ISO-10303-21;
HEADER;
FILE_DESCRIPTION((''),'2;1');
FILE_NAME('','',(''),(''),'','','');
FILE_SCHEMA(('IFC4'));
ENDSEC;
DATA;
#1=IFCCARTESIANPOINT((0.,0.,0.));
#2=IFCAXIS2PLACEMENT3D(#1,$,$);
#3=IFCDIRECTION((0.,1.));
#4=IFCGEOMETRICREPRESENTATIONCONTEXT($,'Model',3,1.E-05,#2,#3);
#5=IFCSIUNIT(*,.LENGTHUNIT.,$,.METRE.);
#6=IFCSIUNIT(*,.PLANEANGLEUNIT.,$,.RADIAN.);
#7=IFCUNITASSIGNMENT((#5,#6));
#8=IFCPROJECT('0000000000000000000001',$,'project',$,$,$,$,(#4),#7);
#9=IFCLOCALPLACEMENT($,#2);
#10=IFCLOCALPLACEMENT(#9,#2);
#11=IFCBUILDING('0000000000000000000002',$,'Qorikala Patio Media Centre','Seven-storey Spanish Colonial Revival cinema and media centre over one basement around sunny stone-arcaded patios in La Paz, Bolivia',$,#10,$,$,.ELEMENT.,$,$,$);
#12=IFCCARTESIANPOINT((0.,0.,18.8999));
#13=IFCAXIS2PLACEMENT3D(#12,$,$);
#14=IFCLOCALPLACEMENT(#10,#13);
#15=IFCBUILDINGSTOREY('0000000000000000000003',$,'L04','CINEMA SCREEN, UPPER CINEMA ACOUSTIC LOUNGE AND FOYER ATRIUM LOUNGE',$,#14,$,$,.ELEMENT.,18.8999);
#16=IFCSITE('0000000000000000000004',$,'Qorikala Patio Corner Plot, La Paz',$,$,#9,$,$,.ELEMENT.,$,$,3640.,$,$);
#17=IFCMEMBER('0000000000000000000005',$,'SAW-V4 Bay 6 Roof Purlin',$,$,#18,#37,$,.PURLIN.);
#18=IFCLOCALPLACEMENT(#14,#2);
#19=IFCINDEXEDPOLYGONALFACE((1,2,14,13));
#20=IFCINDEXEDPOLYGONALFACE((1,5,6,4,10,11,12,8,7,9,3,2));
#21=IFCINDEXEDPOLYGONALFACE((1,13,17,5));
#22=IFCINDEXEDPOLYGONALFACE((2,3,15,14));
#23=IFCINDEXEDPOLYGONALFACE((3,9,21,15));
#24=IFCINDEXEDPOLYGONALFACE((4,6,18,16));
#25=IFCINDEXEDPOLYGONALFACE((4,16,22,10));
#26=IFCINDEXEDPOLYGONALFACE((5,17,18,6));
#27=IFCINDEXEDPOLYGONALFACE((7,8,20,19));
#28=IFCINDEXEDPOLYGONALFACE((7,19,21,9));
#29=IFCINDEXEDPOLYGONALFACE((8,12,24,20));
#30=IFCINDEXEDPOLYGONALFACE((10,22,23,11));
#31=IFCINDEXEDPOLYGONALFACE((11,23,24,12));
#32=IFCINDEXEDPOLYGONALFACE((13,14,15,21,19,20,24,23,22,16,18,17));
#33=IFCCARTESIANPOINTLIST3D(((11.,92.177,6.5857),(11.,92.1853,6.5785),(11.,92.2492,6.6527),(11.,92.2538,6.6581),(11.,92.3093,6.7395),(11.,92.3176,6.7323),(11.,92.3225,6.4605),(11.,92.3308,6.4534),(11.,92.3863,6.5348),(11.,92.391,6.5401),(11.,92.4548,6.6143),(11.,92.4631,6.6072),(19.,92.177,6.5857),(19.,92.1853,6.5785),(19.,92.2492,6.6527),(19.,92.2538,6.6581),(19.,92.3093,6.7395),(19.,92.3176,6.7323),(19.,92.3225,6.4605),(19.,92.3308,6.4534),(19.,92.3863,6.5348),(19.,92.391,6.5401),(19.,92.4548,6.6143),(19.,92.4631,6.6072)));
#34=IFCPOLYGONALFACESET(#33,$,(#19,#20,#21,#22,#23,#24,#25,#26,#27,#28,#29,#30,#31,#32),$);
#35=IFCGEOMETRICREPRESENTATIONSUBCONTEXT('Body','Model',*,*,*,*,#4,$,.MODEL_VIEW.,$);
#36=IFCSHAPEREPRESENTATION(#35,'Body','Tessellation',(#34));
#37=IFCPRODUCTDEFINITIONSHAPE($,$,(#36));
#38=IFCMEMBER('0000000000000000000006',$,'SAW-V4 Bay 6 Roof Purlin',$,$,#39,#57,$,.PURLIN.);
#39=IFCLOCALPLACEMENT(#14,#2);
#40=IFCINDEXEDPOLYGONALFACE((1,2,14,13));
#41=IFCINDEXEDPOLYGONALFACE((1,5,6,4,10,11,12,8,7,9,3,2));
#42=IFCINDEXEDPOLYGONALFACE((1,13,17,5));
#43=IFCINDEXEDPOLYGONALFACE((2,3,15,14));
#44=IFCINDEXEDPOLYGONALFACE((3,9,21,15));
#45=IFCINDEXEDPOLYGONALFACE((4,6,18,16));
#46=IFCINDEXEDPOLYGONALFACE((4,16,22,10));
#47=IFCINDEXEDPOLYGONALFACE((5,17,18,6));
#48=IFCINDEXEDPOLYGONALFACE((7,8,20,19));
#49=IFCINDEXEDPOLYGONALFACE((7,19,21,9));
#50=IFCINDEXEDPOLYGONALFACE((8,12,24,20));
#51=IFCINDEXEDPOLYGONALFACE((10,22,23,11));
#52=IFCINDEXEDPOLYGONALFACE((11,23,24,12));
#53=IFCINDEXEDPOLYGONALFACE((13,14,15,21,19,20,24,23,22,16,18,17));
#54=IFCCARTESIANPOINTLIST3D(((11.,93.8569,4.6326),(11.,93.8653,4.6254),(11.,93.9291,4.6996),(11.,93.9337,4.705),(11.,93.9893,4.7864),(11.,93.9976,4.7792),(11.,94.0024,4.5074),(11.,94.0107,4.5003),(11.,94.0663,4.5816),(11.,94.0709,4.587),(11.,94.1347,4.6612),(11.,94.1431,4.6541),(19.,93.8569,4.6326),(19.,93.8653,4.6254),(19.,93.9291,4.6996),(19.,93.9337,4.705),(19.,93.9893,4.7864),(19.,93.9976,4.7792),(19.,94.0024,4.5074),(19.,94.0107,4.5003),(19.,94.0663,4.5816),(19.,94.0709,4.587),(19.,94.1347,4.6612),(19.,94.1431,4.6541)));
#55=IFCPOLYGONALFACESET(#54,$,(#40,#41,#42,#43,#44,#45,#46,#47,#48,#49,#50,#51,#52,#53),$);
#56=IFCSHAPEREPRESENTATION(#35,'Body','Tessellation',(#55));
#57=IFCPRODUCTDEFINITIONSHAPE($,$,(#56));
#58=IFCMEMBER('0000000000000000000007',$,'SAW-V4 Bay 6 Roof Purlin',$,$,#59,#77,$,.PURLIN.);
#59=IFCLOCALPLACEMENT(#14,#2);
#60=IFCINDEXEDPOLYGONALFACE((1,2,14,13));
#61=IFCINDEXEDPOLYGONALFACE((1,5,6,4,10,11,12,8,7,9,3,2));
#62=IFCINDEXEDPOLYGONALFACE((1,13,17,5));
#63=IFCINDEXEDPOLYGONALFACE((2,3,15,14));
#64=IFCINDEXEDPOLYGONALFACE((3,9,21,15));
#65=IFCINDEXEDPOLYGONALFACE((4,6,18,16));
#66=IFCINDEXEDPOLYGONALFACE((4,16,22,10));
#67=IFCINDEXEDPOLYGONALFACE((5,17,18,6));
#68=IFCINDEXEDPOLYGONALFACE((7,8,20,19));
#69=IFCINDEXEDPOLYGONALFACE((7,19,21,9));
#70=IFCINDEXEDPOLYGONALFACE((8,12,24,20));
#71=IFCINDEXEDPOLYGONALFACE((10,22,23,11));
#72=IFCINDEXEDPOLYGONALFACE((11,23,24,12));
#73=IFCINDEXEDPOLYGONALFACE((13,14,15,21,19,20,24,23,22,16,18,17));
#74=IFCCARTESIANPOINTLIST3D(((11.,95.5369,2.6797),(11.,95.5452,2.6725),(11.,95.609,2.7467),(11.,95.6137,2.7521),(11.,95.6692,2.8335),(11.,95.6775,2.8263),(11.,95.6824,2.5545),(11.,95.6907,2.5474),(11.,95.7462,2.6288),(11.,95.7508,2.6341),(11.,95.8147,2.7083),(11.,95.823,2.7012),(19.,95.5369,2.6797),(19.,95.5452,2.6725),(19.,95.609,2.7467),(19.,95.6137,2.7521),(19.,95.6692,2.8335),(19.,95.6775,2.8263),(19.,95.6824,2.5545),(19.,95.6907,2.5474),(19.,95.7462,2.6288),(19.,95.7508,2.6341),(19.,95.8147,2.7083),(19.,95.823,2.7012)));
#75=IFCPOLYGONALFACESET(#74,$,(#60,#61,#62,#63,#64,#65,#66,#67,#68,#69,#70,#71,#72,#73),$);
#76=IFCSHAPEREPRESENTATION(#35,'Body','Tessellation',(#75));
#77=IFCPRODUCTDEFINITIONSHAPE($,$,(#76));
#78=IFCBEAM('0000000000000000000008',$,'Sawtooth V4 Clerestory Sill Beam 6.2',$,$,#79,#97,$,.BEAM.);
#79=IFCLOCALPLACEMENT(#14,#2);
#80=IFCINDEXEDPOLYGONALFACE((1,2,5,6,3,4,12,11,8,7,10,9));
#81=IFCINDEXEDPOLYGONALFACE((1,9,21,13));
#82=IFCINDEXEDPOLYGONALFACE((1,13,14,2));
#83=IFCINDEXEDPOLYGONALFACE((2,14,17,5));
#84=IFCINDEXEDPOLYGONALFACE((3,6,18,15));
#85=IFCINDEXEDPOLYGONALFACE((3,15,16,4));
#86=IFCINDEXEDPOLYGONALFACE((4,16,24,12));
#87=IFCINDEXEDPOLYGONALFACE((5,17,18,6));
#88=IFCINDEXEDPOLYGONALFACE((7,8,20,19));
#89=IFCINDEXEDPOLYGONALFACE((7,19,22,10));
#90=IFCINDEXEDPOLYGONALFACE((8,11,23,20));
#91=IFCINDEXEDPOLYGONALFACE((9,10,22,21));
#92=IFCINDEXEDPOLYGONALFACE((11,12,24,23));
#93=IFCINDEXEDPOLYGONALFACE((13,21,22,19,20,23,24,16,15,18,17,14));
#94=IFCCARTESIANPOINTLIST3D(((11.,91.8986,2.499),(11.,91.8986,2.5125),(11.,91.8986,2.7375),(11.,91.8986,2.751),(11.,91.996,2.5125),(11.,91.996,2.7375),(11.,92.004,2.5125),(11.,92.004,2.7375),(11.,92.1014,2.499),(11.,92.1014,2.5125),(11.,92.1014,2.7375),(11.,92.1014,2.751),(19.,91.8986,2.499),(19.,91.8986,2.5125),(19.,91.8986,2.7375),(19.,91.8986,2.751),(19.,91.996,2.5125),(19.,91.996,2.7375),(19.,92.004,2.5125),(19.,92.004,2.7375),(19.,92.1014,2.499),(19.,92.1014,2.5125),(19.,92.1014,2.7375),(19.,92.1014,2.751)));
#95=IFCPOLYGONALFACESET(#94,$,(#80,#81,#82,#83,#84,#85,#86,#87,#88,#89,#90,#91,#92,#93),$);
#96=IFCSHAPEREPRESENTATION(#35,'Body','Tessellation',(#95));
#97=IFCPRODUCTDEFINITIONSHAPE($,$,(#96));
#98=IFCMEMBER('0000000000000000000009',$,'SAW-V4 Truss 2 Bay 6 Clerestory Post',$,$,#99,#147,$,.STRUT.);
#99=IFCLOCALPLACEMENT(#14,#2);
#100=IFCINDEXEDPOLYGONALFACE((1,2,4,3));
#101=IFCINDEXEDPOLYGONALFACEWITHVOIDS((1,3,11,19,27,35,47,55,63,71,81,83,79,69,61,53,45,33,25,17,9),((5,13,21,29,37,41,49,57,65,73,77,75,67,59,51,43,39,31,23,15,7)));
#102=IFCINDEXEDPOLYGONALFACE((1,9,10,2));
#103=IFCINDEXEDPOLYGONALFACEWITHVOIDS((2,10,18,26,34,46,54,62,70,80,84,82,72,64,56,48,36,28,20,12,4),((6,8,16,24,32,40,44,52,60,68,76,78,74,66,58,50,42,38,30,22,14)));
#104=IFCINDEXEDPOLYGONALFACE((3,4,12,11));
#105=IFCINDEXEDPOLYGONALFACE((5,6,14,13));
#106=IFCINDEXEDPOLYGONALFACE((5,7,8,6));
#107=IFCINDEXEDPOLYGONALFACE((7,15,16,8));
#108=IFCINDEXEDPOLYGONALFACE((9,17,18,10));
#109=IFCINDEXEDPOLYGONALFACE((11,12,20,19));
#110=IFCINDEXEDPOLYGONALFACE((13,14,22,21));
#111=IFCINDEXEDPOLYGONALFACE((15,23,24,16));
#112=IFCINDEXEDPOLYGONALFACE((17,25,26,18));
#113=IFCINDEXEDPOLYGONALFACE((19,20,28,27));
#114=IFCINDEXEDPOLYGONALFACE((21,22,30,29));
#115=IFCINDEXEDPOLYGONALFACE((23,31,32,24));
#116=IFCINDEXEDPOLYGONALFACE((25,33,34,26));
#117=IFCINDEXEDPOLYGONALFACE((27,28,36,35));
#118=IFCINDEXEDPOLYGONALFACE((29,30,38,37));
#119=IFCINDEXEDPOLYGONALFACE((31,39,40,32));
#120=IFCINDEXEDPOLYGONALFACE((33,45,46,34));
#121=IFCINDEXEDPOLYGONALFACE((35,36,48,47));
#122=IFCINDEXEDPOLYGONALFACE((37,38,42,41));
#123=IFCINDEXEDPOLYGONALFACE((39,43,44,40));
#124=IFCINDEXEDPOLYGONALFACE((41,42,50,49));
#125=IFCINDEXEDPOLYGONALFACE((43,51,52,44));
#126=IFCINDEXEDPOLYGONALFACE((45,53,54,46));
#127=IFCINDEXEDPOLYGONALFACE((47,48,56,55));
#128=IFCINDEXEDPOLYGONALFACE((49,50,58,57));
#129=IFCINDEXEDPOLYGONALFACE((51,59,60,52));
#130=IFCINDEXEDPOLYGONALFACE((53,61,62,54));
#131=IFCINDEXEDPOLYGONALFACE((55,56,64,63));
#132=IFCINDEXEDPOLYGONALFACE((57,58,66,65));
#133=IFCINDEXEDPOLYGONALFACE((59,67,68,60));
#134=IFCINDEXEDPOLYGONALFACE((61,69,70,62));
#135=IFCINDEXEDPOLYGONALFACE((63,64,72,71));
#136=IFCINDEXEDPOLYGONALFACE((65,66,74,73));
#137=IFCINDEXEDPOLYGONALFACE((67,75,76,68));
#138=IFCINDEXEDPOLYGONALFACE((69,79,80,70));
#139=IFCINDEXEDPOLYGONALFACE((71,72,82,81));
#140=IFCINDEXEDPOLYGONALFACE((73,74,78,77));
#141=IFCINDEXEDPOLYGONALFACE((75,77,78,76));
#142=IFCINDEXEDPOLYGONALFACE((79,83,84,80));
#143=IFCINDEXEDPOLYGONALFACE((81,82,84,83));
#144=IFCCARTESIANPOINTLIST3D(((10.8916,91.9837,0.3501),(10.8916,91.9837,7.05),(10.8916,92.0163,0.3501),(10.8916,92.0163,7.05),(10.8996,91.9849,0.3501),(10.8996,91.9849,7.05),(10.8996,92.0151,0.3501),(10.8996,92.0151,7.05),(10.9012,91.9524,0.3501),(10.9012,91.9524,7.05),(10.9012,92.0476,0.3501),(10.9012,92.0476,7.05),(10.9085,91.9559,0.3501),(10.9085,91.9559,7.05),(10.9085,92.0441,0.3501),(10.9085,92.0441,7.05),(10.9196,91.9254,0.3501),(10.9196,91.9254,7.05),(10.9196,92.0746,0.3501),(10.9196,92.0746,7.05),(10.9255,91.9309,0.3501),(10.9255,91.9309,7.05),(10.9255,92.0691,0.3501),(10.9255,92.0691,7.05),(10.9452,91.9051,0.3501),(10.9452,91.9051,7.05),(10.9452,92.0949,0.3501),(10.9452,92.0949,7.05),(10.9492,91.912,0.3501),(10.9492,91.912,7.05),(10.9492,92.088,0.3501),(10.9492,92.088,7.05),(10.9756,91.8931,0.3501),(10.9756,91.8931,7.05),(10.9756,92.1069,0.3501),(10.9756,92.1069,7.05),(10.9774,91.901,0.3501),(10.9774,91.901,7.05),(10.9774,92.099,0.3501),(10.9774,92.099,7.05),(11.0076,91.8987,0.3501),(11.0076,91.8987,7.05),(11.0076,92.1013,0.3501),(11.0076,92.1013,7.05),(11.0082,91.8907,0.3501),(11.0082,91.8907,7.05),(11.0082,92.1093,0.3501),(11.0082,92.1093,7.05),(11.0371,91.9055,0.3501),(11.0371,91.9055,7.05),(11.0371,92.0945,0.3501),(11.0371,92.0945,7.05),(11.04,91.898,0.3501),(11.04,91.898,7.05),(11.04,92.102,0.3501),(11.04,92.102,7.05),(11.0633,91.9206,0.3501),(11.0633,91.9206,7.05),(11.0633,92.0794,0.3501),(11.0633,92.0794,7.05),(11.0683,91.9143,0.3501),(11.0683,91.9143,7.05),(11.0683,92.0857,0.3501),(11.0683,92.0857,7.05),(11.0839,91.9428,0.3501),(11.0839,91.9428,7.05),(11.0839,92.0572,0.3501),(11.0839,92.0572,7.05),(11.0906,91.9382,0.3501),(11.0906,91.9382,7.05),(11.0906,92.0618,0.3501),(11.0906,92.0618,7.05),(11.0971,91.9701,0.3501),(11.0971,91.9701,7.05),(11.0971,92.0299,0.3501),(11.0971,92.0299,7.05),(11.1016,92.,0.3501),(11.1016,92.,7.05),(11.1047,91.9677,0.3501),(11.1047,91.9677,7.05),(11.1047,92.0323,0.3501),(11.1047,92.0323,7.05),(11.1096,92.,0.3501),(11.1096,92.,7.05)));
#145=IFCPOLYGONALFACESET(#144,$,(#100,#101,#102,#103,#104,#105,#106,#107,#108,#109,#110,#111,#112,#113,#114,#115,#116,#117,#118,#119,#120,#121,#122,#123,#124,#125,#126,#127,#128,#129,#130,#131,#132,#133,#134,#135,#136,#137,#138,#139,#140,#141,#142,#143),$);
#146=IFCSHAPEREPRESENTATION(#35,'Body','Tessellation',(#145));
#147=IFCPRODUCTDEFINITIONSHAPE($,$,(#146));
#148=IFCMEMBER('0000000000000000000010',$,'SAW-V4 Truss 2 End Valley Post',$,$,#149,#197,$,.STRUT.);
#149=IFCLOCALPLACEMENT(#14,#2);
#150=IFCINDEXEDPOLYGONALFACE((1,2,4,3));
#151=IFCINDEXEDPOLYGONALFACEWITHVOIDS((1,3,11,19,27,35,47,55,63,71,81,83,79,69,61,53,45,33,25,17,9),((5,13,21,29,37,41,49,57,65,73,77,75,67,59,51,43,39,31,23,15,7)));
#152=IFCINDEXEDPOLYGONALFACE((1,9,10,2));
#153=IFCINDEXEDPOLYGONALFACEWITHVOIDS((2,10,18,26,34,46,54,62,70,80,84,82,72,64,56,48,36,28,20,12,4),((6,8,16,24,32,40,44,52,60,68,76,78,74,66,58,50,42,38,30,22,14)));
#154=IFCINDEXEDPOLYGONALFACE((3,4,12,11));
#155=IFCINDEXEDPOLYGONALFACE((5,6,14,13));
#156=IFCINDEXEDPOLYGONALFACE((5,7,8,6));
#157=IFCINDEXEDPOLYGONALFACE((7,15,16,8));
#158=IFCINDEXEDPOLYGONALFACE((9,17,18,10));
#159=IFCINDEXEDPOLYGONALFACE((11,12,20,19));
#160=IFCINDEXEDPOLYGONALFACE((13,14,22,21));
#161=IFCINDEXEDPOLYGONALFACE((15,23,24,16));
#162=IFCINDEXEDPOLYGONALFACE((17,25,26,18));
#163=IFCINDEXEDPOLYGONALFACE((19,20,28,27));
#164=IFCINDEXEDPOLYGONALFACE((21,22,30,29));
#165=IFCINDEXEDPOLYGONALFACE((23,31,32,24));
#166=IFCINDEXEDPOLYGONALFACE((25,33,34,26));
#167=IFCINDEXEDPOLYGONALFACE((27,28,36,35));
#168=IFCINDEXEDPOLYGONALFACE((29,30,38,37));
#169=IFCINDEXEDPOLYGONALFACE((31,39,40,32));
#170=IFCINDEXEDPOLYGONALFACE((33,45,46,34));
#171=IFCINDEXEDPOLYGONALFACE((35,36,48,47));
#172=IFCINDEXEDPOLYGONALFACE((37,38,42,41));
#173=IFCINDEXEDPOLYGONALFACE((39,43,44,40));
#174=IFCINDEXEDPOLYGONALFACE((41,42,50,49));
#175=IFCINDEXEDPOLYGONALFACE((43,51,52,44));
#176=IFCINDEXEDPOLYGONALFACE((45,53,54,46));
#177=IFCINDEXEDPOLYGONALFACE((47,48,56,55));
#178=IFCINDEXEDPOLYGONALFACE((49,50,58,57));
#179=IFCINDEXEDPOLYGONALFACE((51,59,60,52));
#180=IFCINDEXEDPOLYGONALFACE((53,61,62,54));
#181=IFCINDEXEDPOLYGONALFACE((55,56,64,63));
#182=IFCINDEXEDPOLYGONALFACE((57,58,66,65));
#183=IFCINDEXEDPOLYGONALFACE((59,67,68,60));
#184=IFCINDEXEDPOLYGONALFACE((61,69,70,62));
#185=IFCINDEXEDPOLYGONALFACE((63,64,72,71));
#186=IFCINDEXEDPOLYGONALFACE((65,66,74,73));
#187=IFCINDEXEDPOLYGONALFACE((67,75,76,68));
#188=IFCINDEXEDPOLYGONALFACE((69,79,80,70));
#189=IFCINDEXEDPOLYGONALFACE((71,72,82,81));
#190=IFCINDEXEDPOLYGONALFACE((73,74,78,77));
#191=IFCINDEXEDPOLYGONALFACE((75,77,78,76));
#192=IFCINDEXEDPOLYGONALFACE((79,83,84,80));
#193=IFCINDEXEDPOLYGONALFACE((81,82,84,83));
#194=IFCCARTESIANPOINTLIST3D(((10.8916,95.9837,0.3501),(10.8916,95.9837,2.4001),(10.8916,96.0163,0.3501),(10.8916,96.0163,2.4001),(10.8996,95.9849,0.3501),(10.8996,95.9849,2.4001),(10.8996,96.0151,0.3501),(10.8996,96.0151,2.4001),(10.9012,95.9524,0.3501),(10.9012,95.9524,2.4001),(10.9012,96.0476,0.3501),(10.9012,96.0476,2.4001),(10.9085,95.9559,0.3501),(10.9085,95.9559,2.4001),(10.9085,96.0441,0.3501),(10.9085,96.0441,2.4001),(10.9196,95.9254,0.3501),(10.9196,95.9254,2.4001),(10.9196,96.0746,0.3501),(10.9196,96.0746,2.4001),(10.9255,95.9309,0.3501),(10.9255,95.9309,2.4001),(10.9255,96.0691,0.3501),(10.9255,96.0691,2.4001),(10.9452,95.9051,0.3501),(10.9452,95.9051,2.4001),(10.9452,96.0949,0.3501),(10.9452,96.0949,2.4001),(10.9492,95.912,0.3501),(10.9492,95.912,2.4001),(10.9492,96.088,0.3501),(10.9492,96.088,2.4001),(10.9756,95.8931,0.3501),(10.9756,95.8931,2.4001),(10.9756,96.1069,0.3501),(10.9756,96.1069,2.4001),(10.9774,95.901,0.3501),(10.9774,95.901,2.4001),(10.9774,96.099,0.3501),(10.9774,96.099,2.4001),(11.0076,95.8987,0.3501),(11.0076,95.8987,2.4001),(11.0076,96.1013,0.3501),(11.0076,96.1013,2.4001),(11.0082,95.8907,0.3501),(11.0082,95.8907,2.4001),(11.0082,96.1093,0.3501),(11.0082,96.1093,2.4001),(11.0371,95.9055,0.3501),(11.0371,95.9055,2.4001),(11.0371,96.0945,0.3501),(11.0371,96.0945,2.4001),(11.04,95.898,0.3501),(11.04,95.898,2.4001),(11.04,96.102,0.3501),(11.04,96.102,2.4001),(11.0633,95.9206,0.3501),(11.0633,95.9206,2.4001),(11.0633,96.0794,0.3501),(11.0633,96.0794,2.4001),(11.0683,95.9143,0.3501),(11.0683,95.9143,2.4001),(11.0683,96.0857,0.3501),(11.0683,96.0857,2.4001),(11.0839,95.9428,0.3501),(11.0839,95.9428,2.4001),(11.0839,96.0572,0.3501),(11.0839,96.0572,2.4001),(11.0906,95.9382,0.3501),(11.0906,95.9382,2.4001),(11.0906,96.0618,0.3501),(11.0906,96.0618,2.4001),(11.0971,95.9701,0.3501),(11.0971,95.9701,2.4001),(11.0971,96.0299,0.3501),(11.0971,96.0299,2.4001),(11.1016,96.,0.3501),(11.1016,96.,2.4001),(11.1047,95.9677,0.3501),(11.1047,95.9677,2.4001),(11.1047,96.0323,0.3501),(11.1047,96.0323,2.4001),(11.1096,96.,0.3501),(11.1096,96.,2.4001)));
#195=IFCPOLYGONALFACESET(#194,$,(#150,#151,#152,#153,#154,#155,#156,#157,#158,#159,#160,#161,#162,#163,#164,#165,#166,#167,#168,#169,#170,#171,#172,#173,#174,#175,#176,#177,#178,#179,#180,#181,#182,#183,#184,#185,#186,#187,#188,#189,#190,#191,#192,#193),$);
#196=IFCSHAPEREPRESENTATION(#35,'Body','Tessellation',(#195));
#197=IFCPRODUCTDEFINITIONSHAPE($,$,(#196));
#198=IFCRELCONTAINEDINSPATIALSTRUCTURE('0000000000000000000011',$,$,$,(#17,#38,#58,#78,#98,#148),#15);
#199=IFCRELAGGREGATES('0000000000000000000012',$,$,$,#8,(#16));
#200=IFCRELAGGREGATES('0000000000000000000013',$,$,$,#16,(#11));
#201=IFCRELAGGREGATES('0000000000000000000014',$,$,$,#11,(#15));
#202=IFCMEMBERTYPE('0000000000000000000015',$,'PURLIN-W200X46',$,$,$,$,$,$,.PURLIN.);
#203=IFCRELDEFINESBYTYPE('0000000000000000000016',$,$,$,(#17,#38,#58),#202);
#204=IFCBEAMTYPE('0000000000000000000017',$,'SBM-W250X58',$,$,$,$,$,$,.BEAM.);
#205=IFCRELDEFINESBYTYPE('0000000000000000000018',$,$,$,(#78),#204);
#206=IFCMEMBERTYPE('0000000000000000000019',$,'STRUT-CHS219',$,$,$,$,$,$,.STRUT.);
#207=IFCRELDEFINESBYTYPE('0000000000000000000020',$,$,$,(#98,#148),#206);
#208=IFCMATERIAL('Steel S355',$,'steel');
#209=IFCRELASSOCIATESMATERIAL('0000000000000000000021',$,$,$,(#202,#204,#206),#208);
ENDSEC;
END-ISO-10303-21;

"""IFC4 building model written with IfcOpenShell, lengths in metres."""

from ifc_helpers import new_model, si_unit, direction, frame, origin, origin_2d, place, context, subcontext, project, spatial, hollow_circle, i_section, extrude, material, material_profile, profile_set, type_object, element, save


model = new_model("IFC4")

# Units and contexts
model_context = context("Model", 3, precision=1e-05, world=origin(), true_north=direction((0.0, 1.0)))
body_context = subcontext(model_context, "Body", "Model", "MODEL_VIEW")
ifc_project = project(units=[si_unit("LENGTHUNIT", "METRE"), si_unit("PLANEANGLEUNIT", "RADIAN")], contexts=[model_context])

# Site, building, storey
site_placement = place(None, origin())
site = spatial("IfcSite", under=ifc_project, at=site_placement, Name="Qorikala Patio Corner Plot, La Paz", CompositionType="ELEMENT", RefElevation=3640.0)
building_placement = place(site_placement, origin())
building = spatial("IfcBuilding", under=site, at=building_placement, Name="Qorikala Patio Media Centre", Description="Seven-storey Spanish Colonial Revival cinema and media centre over one basement around sunny stone-arcaded patios in La Paz, Bolivia", CompositionType="ELEMENT")
storey_placement = place(building_placement, frame((0.0, 0.0, 18.8999)))
storey = spatial("IfcBuildingStorey", under=building, at=storey_placement, Name="L04", Description="CINEMA SCREEN, UPPER CINEMA ACOUSTIC LOUNGE AND FOYER ATRIUM LOUNGE", CompositionType="ELEMENT", Elevation=18.8999)

# Shared definitions
ifc_material_1 = material(Name="Steel S355", Category="steel")

# Members
ifc_material_profile_1 = material_profile(ifc_material_1, i_section(OverallWidth=0.2029, OverallDepth=0.2029, WebThickness=0.0071, FlangeThickness=0.011, at=origin_2d()), Name="W200X46")
ifc_profile_set_1 = profile_set([ifc_material_profile_1], Name="Steel S355")
member_type_1 = type_object("IfcMemberType", Name="PURLIN-W200X46", PredefinedType="PURLIN", material=ifc_profile_set_1)
for number, where, z_axis, x_axis, name in (
    (1, (11.0, 92.3201, 6.5964), (1.0, 0.0, 0.0), (0.0, 0.652138, 0.7581), "SAW-V4 Bay 6 Roof Purlin"),
    (2, (11.0, 94.0, 4.6433), (1.0, 0.0, 0.0), (0.0, 0.652138, 0.7581), "SAW-V4 Bay 6 Roof Purlin"),
    (3, (11.0, 95.6799, 2.6904), (1.0, 0.0, 0.0), (0.0, 0.652138, 0.7581), "SAW-V4 Bay 6 Roof Purlin"),
):
    element("IfcMember", number, at=place(storey_placement, frame(where, z_axis=z_axis, x_axis=x_axis)), inside=storey, type_object=member_type_1, Name=name, PredefinedType="PURLIN", context=body_context, shape_type="SweptSolid", body=[
        extrude(i_section(OverallWidth=0.2029, OverallDepth=0.2029, WebThickness=0.0071, FlangeThickness=0.011, at=origin_2d()), origin(), (0.0, 0.0, 1.0), 8.0),
    ])

# Beam
ifc_material_profile_2 = material_profile(ifc_material_1, i_section(OverallWidth=0.2029, OverallDepth=0.252, WebThickness=0.0081, FlangeThickness=0.0134, at=origin_2d()), Name="W250X58")
ifc_profile_set_2 = profile_set([ifc_material_profile_2], Name="Steel S355")
beam_type = type_object("IfcBeamType", Name="SBM-W250X58", PredefinedType="BEAM", material=ifc_profile_set_2)
beam_placement = place(storey_placement, frame((11.0, 92.0, 2.625), z_axis=(1.0, 0.0, 0.0), x_axis=(0.0, 1.0, 0.0)))
element("IfcBeam", 4, at=beam_placement, inside=storey, type_object=beam_type, Name="Sawtooth V4 Clerestory Sill Beam 6.2", PredefinedType="BEAM", context=body_context, shape_type="SweptSolid", body=[
    extrude(i_section(OverallWidth=0.2029, OverallDepth=0.252, WebThickness=0.0081, FlangeThickness=0.0134, at=origin_2d()), origin(), (0.0, 0.0, 1.0), 8.0),
])

# Members
ifc_material_profile_3 = material_profile(ifc_material_1, hollow_circle(Radius=0.1096, WallThickness=0.0081, at=origin_2d()), Name="CHS219X8")
ifc_profile_set_3 = profile_set([ifc_material_profile_3], Name="Steel S355")
member_type_2 = type_object("IfcMemberType", Name="STRUT-CHS219", PredefinedType="STRUT", material=ifc_profile_set_3)
member_1_placement = place(storey_placement, frame((11.0, 92.0, 0.3501), z_axis=(0.0, 0.0, 1.0), x_axis=(1.0, 0.0, 0.0)))
element("IfcMember", 5, at=member_1_placement, inside=storey, type_object=member_type_2, Name="SAW-V4 Truss 2 Bay 6 Clerestory Post", PredefinedType="STRUT", context=body_context, shape_type="SweptSolid", body=[
    extrude(hollow_circle(Radius=0.1096, WallThickness=0.0081, at=origin_2d()), origin(), (0.0, 0.0, 1.0), 6.7),
])
member_2_placement = place(storey_placement, frame((11.0, 96.0, 0.3501), z_axis=(0.0, 0.0, 1.0), x_axis=(1.0, 0.0, 0.0)))
element("IfcMember", 6, at=member_2_placement, inside=storey, type_object=member_type_2, Name="SAW-V4 Truss 2 End Valley Post", PredefinedType="STRUT", context=body_context, shape_type="SweptSolid", body=[
    extrude(hollow_circle(Radius=0.1096, WallThickness=0.0081, at=origin_2d()), origin(), (0.0, 0.0, 1.0), 2.05),
])

save(model, "model.ifc")
